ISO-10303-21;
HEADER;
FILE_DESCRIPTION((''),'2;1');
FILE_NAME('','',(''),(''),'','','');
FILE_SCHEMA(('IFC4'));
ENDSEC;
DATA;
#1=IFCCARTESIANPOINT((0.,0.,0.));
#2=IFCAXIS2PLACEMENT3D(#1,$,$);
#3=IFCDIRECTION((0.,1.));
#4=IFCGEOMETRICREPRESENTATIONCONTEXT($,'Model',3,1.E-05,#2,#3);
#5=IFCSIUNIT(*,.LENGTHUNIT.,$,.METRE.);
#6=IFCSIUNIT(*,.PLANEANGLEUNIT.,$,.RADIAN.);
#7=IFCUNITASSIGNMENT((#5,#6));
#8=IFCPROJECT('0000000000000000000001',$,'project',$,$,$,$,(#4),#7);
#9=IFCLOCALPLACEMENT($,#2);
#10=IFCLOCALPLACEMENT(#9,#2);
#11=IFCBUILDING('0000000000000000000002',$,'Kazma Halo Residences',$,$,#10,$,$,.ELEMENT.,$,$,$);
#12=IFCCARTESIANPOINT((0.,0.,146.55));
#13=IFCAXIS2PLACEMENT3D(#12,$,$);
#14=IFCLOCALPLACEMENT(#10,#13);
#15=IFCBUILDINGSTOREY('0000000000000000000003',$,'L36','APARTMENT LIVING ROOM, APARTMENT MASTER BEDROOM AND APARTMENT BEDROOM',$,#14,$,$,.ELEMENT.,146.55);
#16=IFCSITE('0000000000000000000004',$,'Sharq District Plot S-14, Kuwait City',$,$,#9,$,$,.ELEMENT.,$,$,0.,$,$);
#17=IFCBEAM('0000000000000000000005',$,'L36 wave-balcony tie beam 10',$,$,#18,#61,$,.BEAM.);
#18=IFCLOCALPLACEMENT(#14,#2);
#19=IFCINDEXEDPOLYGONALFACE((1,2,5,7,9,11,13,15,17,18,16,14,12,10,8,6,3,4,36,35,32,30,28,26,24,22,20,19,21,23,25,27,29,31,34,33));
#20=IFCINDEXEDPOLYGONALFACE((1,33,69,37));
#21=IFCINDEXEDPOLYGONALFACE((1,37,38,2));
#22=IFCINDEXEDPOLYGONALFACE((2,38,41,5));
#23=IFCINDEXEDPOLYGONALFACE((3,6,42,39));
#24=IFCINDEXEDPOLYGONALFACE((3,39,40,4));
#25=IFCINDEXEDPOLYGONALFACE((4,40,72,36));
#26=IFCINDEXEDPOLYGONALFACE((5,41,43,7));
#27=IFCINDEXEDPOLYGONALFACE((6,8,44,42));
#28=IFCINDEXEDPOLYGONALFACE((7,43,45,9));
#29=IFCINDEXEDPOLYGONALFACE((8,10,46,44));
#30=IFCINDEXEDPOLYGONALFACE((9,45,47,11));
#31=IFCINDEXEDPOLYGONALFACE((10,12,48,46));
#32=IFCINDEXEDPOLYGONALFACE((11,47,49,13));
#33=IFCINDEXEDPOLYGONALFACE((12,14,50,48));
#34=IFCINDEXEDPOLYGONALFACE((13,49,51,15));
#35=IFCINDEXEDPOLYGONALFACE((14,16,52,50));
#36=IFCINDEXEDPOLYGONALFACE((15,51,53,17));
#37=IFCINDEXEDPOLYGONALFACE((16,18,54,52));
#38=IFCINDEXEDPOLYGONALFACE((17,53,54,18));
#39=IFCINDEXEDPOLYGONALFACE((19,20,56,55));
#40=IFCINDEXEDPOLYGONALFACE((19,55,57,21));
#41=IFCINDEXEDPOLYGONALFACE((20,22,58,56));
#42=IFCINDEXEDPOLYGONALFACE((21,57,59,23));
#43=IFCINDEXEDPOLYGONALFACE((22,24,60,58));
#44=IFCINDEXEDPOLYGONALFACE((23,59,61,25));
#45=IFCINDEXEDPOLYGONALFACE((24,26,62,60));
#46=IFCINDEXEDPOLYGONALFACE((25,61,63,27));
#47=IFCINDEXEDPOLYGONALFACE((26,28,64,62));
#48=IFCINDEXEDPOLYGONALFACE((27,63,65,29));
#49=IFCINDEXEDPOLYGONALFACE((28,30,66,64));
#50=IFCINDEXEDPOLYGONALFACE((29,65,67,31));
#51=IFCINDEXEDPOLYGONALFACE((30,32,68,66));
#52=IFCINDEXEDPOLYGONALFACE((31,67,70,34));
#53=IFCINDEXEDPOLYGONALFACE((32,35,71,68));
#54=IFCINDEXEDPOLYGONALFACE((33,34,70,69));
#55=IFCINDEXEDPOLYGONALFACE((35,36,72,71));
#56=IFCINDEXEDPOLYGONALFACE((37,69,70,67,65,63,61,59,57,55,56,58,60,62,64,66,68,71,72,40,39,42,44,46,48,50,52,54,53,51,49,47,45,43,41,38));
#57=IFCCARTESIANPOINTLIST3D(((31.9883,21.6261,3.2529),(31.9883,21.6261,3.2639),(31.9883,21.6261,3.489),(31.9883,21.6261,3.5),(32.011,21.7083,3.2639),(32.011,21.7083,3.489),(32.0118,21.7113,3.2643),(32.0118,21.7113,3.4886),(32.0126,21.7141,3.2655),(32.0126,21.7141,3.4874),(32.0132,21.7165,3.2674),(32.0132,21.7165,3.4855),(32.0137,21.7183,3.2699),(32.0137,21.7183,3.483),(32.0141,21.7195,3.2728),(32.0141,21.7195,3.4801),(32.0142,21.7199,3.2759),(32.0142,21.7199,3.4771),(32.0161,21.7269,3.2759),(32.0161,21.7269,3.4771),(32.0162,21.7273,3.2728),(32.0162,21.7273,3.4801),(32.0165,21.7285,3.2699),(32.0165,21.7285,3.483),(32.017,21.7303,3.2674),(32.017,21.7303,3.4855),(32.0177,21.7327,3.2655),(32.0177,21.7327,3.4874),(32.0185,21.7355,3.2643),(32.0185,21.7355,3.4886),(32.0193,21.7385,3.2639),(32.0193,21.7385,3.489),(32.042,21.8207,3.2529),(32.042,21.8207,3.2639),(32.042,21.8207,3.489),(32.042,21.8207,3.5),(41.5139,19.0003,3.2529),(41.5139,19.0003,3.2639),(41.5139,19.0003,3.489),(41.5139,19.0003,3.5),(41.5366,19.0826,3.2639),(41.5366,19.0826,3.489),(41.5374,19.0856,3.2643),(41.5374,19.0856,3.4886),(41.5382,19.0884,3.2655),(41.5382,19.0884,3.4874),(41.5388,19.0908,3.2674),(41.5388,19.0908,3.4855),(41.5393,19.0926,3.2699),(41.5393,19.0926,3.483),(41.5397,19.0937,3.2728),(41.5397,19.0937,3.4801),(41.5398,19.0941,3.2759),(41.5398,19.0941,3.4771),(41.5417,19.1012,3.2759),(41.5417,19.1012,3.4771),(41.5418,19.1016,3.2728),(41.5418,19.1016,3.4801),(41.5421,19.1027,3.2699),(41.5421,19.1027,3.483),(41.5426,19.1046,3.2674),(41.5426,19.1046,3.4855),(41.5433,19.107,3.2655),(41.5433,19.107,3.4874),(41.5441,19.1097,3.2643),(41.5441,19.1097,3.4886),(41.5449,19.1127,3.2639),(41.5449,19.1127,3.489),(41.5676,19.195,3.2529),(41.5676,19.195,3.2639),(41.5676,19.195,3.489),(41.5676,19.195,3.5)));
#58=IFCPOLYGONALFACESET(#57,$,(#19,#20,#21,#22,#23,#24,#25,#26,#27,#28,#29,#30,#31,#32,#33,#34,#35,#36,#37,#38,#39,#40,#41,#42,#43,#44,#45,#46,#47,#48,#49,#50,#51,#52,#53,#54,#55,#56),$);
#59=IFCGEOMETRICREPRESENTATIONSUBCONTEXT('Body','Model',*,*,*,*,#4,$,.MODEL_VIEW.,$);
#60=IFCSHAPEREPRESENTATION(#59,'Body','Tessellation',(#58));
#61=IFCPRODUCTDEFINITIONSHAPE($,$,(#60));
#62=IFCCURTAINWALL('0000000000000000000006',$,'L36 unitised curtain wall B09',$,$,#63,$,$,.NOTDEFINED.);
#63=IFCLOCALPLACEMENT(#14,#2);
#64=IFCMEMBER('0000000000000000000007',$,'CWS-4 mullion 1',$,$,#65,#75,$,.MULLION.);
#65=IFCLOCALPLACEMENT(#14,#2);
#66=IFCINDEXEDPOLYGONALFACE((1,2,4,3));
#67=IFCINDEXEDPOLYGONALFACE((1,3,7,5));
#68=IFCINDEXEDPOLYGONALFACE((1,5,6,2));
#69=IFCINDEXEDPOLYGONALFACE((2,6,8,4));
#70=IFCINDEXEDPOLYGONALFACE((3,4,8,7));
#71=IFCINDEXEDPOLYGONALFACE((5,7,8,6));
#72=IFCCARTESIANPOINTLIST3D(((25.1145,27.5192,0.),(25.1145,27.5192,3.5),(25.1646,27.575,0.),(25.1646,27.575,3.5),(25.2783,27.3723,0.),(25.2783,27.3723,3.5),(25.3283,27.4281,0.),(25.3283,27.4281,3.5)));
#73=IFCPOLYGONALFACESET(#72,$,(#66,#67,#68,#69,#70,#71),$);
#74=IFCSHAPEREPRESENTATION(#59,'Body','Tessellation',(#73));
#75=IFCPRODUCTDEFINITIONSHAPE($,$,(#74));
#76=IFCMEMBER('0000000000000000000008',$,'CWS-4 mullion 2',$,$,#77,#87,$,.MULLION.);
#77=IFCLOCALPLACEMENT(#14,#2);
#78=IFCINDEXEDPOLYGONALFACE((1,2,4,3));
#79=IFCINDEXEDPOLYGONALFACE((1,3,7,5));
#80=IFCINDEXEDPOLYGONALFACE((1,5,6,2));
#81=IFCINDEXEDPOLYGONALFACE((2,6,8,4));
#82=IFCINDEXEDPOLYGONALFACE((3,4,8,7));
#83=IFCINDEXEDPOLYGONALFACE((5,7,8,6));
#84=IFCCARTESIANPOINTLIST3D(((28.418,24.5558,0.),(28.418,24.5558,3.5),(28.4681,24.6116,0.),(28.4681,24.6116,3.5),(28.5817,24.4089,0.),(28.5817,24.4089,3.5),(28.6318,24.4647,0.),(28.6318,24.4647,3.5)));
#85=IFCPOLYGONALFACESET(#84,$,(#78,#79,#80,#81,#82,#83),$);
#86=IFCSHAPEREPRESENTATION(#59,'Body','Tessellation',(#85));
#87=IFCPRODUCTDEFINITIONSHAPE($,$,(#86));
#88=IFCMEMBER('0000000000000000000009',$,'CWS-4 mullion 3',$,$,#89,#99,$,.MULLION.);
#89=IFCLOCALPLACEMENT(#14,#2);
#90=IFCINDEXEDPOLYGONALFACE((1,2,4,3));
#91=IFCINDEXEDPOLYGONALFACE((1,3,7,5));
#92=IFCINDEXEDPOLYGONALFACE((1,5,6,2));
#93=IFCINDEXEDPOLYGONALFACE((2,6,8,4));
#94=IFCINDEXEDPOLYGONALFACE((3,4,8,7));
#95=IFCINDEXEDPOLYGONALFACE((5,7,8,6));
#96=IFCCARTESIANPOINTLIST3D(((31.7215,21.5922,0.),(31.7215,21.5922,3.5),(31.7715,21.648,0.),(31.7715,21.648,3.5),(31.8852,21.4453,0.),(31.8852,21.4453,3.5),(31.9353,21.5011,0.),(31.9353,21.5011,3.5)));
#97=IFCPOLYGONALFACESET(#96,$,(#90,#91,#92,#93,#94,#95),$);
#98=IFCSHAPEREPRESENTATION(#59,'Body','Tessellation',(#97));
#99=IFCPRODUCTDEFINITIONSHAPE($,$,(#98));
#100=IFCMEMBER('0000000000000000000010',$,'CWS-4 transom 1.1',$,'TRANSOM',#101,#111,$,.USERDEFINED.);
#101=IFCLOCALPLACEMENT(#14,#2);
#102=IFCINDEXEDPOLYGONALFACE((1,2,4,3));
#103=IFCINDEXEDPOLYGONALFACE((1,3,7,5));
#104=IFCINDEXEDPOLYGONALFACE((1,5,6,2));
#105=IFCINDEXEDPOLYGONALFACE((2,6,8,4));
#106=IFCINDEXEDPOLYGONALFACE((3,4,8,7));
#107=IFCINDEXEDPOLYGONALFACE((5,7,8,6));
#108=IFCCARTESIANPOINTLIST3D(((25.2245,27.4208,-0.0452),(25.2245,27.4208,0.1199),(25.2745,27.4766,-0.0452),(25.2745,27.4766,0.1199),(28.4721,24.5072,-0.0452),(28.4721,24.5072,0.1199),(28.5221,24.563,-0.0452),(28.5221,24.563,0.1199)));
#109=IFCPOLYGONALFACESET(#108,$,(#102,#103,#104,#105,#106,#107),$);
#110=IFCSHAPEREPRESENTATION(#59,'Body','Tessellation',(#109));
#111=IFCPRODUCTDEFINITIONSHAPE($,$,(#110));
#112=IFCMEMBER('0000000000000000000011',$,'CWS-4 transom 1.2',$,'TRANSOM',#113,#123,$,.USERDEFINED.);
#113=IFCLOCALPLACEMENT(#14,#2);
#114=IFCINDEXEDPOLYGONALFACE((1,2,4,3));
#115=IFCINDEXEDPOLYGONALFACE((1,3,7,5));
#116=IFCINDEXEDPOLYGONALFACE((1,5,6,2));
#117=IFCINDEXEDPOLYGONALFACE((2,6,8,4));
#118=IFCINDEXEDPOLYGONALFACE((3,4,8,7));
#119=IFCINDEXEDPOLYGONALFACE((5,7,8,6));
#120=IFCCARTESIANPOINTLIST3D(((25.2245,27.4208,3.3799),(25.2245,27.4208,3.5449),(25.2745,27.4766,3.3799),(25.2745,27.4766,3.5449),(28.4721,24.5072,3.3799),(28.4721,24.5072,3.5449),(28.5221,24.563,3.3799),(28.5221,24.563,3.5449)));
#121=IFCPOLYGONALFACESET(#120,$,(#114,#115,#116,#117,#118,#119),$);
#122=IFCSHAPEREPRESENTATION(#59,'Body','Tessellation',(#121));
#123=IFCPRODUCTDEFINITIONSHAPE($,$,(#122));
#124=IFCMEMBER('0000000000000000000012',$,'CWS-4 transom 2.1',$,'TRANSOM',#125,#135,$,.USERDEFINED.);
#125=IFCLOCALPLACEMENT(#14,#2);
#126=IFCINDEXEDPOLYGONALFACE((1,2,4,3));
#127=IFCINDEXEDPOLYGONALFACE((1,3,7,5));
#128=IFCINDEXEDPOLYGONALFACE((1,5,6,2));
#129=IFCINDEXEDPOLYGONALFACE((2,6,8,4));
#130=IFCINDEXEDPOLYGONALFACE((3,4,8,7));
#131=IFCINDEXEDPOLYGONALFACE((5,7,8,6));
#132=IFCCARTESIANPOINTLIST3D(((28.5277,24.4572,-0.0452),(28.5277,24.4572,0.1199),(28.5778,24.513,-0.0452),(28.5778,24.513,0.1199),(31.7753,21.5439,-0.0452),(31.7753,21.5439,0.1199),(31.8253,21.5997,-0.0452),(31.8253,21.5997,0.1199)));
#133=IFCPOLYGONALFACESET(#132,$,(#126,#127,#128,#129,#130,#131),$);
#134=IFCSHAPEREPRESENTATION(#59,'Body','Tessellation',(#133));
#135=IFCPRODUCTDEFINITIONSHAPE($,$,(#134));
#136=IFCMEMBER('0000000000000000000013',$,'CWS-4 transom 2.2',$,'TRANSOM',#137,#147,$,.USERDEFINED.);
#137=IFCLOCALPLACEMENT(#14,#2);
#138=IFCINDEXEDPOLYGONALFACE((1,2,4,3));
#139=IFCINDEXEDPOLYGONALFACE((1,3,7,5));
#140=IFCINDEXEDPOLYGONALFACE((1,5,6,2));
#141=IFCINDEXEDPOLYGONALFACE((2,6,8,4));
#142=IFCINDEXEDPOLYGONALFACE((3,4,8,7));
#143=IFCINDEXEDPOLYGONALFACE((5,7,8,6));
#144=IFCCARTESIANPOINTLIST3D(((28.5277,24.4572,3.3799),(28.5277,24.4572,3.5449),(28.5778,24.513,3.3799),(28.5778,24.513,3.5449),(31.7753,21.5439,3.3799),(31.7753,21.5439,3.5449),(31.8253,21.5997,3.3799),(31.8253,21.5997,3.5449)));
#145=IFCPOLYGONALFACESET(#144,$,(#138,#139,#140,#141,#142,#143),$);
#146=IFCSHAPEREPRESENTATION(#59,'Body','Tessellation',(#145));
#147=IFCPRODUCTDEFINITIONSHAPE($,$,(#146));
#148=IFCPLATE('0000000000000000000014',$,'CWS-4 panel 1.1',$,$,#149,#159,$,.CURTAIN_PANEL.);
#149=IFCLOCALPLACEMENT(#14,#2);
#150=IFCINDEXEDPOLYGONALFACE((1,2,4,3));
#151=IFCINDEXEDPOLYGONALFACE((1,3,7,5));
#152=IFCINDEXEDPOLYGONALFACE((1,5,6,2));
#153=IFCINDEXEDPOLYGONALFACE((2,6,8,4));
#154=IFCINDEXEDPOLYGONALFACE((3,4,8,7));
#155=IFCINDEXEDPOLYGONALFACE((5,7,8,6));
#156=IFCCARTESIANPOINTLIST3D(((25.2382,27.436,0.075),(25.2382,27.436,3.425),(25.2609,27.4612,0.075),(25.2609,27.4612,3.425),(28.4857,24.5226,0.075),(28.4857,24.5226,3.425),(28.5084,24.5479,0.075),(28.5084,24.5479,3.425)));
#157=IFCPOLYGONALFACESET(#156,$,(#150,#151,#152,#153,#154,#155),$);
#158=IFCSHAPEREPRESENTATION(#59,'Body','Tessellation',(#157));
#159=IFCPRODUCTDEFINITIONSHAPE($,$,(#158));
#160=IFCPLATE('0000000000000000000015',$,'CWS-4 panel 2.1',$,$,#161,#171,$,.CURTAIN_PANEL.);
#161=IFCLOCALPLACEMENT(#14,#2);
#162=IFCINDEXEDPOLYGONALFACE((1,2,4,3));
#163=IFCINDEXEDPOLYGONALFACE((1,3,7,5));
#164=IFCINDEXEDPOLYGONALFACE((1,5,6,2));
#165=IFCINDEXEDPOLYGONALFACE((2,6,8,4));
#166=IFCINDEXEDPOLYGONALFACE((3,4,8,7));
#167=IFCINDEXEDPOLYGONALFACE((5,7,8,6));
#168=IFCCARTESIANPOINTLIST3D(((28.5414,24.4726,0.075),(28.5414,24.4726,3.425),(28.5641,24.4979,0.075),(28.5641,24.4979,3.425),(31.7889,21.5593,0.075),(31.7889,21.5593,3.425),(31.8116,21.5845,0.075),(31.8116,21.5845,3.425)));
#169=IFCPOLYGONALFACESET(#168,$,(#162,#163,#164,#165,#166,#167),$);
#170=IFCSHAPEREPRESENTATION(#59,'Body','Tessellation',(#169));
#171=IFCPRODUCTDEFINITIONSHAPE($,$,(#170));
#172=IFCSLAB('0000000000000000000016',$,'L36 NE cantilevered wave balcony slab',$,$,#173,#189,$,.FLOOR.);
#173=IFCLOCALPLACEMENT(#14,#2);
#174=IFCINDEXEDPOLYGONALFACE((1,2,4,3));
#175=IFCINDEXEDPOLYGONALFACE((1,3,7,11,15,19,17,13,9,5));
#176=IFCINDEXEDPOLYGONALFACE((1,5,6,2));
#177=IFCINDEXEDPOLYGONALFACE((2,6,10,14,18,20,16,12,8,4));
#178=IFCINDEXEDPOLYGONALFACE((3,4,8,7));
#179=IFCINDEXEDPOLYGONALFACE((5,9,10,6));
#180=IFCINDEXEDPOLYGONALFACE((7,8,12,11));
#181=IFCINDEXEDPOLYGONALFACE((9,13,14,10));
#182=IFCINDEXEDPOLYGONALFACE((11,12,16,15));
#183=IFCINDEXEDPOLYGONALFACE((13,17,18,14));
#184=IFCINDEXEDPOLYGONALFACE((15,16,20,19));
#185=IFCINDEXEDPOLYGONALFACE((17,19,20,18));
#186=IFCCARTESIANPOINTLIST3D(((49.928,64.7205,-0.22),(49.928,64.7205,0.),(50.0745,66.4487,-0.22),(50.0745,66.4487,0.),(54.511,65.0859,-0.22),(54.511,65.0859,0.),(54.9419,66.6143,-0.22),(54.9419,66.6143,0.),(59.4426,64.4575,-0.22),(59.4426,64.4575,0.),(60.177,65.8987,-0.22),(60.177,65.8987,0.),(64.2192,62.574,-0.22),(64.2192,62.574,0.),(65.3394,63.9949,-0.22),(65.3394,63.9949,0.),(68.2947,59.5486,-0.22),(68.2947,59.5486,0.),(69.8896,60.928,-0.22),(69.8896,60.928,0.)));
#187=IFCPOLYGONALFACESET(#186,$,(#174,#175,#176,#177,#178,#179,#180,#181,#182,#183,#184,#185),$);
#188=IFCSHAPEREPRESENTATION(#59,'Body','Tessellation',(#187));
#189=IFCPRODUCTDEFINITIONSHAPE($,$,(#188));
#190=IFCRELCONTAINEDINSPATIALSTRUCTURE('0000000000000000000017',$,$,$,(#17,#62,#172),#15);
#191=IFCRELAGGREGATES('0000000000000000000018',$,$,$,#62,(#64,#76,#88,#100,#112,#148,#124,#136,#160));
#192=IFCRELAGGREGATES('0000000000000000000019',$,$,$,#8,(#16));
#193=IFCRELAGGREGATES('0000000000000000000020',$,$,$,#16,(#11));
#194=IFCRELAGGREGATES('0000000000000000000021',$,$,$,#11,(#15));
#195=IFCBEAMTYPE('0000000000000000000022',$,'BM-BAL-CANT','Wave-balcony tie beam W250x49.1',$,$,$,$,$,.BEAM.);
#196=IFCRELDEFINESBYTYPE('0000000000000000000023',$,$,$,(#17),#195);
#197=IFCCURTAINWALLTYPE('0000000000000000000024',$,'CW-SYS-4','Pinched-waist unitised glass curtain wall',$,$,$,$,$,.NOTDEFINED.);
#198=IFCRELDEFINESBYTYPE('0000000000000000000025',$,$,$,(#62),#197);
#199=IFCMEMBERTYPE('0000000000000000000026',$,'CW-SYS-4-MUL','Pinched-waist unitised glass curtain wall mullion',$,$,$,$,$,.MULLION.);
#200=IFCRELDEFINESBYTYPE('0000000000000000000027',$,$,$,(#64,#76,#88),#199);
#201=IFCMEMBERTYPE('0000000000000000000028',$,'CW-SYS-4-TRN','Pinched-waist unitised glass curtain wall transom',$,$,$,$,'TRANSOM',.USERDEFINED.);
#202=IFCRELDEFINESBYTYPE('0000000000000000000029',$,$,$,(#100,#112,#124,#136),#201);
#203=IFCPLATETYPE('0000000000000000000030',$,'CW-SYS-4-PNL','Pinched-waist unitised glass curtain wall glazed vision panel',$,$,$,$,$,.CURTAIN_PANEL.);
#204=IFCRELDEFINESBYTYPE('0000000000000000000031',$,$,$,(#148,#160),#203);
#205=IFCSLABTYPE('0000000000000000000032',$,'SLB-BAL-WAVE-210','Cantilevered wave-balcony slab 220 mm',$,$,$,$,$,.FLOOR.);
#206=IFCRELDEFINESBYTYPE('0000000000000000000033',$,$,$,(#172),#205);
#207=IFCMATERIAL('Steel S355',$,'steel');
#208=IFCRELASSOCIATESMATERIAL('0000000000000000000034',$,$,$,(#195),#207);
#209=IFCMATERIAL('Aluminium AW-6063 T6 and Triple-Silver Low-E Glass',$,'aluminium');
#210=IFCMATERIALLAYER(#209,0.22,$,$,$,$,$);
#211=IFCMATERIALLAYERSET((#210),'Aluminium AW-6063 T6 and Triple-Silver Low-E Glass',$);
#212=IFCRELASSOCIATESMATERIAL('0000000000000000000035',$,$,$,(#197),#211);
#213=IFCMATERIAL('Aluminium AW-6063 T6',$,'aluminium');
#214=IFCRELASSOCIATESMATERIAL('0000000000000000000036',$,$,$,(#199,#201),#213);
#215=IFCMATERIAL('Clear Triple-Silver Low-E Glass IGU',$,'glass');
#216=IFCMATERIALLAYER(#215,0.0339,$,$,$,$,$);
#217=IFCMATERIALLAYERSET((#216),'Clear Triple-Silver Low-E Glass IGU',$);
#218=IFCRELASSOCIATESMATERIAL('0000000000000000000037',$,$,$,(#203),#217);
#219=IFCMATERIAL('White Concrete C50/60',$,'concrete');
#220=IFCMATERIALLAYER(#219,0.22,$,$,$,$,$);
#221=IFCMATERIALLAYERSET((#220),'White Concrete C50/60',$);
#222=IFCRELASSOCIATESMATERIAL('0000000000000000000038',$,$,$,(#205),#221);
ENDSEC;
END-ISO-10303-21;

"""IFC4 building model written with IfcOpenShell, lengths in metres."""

from ifc_helpers import new_model, si_unit, direction, frame, origin, origin_2d, place, context, subcontext, project, spatial, polyline, rectangle, i_section, outline, extrude, material, layer, layer_set, material_profile, profile_set, type_object, element, aggregate, save


model = new_model("IFC4")

# Units and contexts
model_context = context("Model", 3, precision=1e-05, world=origin(), true_north=direction((0.0, 1.0)))
body_context = subcontext(model_context, "Body", "Model", "MODEL_VIEW")
ifc_project = project(units=[si_unit("LENGTHUNIT", "METRE"), si_unit("PLANEANGLEUNIT", "RADIAN")], contexts=[model_context])

# Site, building, storey
site_placement = place(None, origin())
site = spatial("IfcSite", under=ifc_project, at=site_placement, Name="Sharq District Plot S-14, Kuwait City", CompositionType="ELEMENT", RefElevation=0.0)
building_placement = place(site_placement, origin())
building = spatial("IfcBuilding", under=site, at=building_placement, Name="Kazma Halo Residences", CompositionType="ELEMENT")
storey_placement = place(building_placement, frame((0.0, 0.0, 146.55)))
storey = spatial("IfcBuildingStorey", under=building, at=storey_placement, Name="L36", Description="APARTMENT LIVING ROOM, APARTMENT MASTER BEDROOM AND APARTMENT BEDROOM", CompositionType="ELEMENT", Elevation=146.55)

# Beam
ifc_material_1 = material(Name="Steel S355", Category="steel")
ifc_material_profile_1 = material_profile(ifc_material_1, i_section(OverallWidth=0.2019, OverallDepth=0.2471, WebThickness=0.0073, FlangeThickness=0.011, FilletRadius=0.012, at=origin_2d()), Name="W250x49.1")
ifc_profile_set_1 = profile_set([ifc_material_profile_1], Name="Steel S355")
beam_type = type_object("IfcBeamType", Name="BM-BAL-CANT", Description="Wave-balcony tie beam W250x49.1", PredefinedType="BEAM", material=ifc_profile_set_1)
beam_placement = place(storey_placement, frame((32.0151, 21.7234, 3.3765), z_axis=(0.964045, -0.265738, 0.0), x_axis=(0.265738, 0.964045, 0.0)))
element("IfcBeam", 1, at=beam_placement, inside=storey, type_object=beam_type, Name="L36 wave-balcony tie beam 10", PredefinedType="BEAM", context=body_context, shape_type="SweptSolid", body=[
    extrude(i_section(OverallWidth=0.2019, OverallDepth=0.2471, WebThickness=0.0073, FlangeThickness=0.011, FilletRadius=0.012, at=origin_2d()), origin(), (0.0, 0.0, 1.0), 9.8809),
])

# Curtain wall, members, plates
ifc_material_2 = material(Name="Aluminium AW-6063 T6 and Triple-Silver Low-E Glass", Category="aluminium")
ifc_layer_1 = layer(ifc_material_2, 0.22)
ifc_layer_set_1 = layer_set([ifc_layer_1], Name="Aluminium AW-6063 T6 and Triple-Silver Low-E Glass")
curtain_wall_type = type_object("IfcCurtainWallType", Name="CW-SYS-4", Description="Pinched-waist unitised glass curtain wall", PredefinedType="NOTDEFINED", material=ifc_layer_set_1)
curtain_wall_placement = place(storey_placement, origin())
curtain_wall = element("IfcCurtainWall", 2, at=curtain_wall_placement, inside=storey, type_object=curtain_wall_type, Name="L36 unitised curtain wall B09", PredefinedType="NOTDEFINED")
ifc_material_3 = material(Name="Aluminium AW-6063 T6", Category="aluminium")
ifc_material_profile_2 = material_profile(ifc_material_3, rectangle(XDim=0.075, YDim=0.22, at=origin_2d()), Name="CWM-75x220")
ifc_profile_set_2 = profile_set([ifc_material_profile_2], Name="Aluminium AW-6063 T6")
member_type_1 = type_object("IfcMemberType", Name="CW-SYS-4-MUL", Description="Pinched-waist unitised glass curtain wall mullion", PredefinedType="MULLION", material=ifc_profile_set_2)
member_1_placement = place(storey_placement, frame((25.2214, 27.4736, 0.0), z_axis=(0.0, 0.0, 1.0), x_axis=(0.66777, 0.744368, 0.0)))
member_1 = element("IfcMember", 3, at=member_1_placement, type_object=member_type_1, Name="CWS-4 mullion 1", PredefinedType="MULLION", context=body_context, shape_type="SweptSolid", body=[
    extrude(rectangle(XDim=0.075, YDim=0.22, at=origin_2d()), origin(), (0.0, 0.0, 1.0), 3.5),
])
member_2_placement = place(storey_placement, frame((28.5249, 24.5103, 0.0), z_axis=(0.0, 0.0, 1.0), x_axis=(0.66777, 0.744368, 0.0)))
member_2 = element("IfcMember", 4, at=member_2_placement, type_object=member_type_1, Name="CWS-4 mullion 2", PredefinedType="MULLION", context=body_context, shape_type="SweptSolid", body=[
    extrude(rectangle(XDim=0.075, YDim=0.22, at=origin_2d()), origin(), (0.0, 0.0, 1.0), 3.5),
])
member_3_placement = place(storey_placement, frame((31.8284, 21.5466, 0.0), z_axis=(0.0, 0.0, 1.0), x_axis=(0.66777, 0.744368, 0.0)))
member_3 = element("IfcMember", 5, at=member_3_placement, type_object=member_type_1, Name="CWS-4 mullion 3", PredefinedType="MULLION", context=body_context, shape_type="SweptSolid", body=[
    extrude(rectangle(XDim=0.075, YDim=0.22, at=origin_2d()), origin(), (0.0, 0.0, 1.0), 3.5),
])
ifc_material_profile_3 = material_profile(ifc_material_3, rectangle(XDim=0.075, YDim=0.165, at=origin_2d()), Name="CWT-75x165")
ifc_profile_set_3 = profile_set([ifc_material_profile_3], Name="Aluminium AW-6063 T6")
member_type_2 = type_object("IfcMemberType", Name="CW-SYS-4-TRN", Description="Pinched-waist unitised glass curtain wall transom", ElementType="TRANSOM", PredefinedType="USERDEFINED", material=ifc_profile_set_3)
member_4_placement = place(storey_placement, frame((25.2495, 27.4487, 0.0374), z_axis=(0.744345, -0.667795, 0.0), x_axis=(0.667795, 0.744345, 0.0)))
member_4 = element("IfcMember", 6, at=member_4_placement, type_object=member_type_2, Name="CWS-4 transom 1.1", ObjectType="TRANSOM", PredefinedType="USERDEFINED", context=body_context, shape_type="SweptSolid", body=[
    extrude(rectangle(XDim=0.075, YDim=0.165, at=origin_2d()), origin(), (0.0, 0.0, 1.0), 4.363),
])
member_5_placement = place(storey_placement, frame((25.2495, 27.4487, 3.4624), z_axis=(0.744345, -0.667795, 0.0), x_axis=(0.667795, 0.744345, 0.0)))
member_5 = element("IfcMember", 7, at=member_5_placement, type_object=member_type_2, Name="CWS-4 transom 1.2", ObjectType="TRANSOM", PredefinedType="USERDEFINED", context=body_context, shape_type="SweptSolid", body=[
    extrude(rectangle(XDim=0.075, YDim=0.165, at=origin_2d()), origin(), (0.0, 0.0, 1.0), 4.363),
])
member_6_placement = place(storey_placement, frame((28.5527, 24.4851, 0.0374), z_axis=(0.744373, -0.667764, 0.0), x_axis=(0.667764, 0.744373, 0.0)))
member_6 = element("IfcMember", 8, at=member_6_placement, type_object=member_type_2, Name="CWS-4 transom 2.1", ObjectType="TRANSOM", PredefinedType="USERDEFINED", context=body_context, shape_type="SweptSolid", body=[
    extrude(rectangle(XDim=0.075, YDim=0.165, at=origin_2d()), origin(), (0.0, 0.0, 1.0), 4.3628),
])
member_7_placement = place(storey_placement, frame((28.5527, 24.4851, 3.4624), z_axis=(0.744373, -0.667764, 0.0), x_axis=(0.667764, 0.744373, 0.0)))
member_7 = element("IfcMember", 9, at=member_7_placement, type_object=member_type_2, Name="CWS-4 transom 2.2", ObjectType="TRANSOM", PredefinedType="USERDEFINED", context=body_context, shape_type="SweptSolid", body=[
    extrude(rectangle(XDim=0.075, YDim=0.165, at=origin_2d()), origin(), (0.0, 0.0, 1.0), 4.3628),
])
ifc_material_4 = material(Name="Clear Triple-Silver Low-E Glass IGU", Category="glass")
ifc_layer_2 = layer(ifc_material_4, 0.0339)
ifc_layer_set_2 = layer_set([ifc_layer_2], Name="Clear Triple-Silver Low-E Glass IGU")
plate_type = type_object("IfcPlateType", Name="CW-SYS-4-PNL", Description="Pinched-waist unitised glass curtain wall glazed vision panel", PredefinedType="CURTAIN_PANEL", material=ifc_layer_set_2)
plate_1_placement = place(storey_placement, frame((26.8733, 25.9919, 0.075), z_axis=(0.0, 0.0, 1.0), x_axis=(0.744368, -0.66777, 0.0)))
plate_1 = element("IfcPlate", 10, at=plate_1_placement, type_object=plate_type, Name="CWS-4 panel 1.1", PredefinedType="CURTAIN_PANEL", context=body_context, shape_type="SweptSolid", body=[
    extrude(rectangle(XDim=4.3628, YDim=0.0339, at=origin_2d()), origin(), (0.0, 0.0, 1.0), 3.3501),
])
plate_2_placement = place(storey_placement, frame((30.1765, 23.0286, 0.075), z_axis=(0.0, 0.0, 1.0), x_axis=(0.744368, -0.66777, 0.0)))
plate_2 = element("IfcPlate", 11, at=plate_2_placement, type_object=plate_type, Name="CWS-4 panel 2.1", PredefinedType="CURTAIN_PANEL", context=body_context, shape_type="SweptSolid", body=[
    extrude(rectangle(XDim=4.3628, YDim=0.0339, at=origin_2d()), origin(), (0.0, 0.0, 1.0), 3.3501),
])
aggregate(curtain_wall, [member_1, member_2, member_3, member_4, member_5, plate_1, member_6, member_7, plate_2])

# Slab
ifc_material_5 = material(Name="White Concrete C50/60", Category="concrete")
ifc_layer_3 = layer(ifc_material_5, 0.22)
ifc_layer_set_3 = layer_set([ifc_layer_3], Name="White Concrete C50/60")
slab_type_1 = type_object("IfcSlabType", Name="SLB-BAL-WAVE-210", Description="Cantilevered wave-balcony slab 220 mm", PredefinedType="FLOOR", material=ifc_layer_set_3)
slab_1_placement = place(storey_placement, frame((0.0, 0.0, -0.22)))
element("IfcSlab", 12, at=slab_1_placement, inside=storey, type_object=slab_type_1, Name="L36 NE cantilevered wave balcony slab", PredefinedType="FLOOR", context=body_context, shape_type="SweptSolid", body=[
    extrude(outline(polyline([(68.2947, 59.5486), (64.2192, 62.574), (59.4426, 64.4575), (54.511, 65.0859), (49.928, 64.7205), (50.0745, 66.4487), (54.9419, 66.6143), (60.177, 65.8987), (65.3394, 63.9949), (69.8896, 60.928), (68.2947, 59.5486)])), origin(), (0.0, 0.0, 1.0), 0.22),
])

save(model, "model.ifc")
